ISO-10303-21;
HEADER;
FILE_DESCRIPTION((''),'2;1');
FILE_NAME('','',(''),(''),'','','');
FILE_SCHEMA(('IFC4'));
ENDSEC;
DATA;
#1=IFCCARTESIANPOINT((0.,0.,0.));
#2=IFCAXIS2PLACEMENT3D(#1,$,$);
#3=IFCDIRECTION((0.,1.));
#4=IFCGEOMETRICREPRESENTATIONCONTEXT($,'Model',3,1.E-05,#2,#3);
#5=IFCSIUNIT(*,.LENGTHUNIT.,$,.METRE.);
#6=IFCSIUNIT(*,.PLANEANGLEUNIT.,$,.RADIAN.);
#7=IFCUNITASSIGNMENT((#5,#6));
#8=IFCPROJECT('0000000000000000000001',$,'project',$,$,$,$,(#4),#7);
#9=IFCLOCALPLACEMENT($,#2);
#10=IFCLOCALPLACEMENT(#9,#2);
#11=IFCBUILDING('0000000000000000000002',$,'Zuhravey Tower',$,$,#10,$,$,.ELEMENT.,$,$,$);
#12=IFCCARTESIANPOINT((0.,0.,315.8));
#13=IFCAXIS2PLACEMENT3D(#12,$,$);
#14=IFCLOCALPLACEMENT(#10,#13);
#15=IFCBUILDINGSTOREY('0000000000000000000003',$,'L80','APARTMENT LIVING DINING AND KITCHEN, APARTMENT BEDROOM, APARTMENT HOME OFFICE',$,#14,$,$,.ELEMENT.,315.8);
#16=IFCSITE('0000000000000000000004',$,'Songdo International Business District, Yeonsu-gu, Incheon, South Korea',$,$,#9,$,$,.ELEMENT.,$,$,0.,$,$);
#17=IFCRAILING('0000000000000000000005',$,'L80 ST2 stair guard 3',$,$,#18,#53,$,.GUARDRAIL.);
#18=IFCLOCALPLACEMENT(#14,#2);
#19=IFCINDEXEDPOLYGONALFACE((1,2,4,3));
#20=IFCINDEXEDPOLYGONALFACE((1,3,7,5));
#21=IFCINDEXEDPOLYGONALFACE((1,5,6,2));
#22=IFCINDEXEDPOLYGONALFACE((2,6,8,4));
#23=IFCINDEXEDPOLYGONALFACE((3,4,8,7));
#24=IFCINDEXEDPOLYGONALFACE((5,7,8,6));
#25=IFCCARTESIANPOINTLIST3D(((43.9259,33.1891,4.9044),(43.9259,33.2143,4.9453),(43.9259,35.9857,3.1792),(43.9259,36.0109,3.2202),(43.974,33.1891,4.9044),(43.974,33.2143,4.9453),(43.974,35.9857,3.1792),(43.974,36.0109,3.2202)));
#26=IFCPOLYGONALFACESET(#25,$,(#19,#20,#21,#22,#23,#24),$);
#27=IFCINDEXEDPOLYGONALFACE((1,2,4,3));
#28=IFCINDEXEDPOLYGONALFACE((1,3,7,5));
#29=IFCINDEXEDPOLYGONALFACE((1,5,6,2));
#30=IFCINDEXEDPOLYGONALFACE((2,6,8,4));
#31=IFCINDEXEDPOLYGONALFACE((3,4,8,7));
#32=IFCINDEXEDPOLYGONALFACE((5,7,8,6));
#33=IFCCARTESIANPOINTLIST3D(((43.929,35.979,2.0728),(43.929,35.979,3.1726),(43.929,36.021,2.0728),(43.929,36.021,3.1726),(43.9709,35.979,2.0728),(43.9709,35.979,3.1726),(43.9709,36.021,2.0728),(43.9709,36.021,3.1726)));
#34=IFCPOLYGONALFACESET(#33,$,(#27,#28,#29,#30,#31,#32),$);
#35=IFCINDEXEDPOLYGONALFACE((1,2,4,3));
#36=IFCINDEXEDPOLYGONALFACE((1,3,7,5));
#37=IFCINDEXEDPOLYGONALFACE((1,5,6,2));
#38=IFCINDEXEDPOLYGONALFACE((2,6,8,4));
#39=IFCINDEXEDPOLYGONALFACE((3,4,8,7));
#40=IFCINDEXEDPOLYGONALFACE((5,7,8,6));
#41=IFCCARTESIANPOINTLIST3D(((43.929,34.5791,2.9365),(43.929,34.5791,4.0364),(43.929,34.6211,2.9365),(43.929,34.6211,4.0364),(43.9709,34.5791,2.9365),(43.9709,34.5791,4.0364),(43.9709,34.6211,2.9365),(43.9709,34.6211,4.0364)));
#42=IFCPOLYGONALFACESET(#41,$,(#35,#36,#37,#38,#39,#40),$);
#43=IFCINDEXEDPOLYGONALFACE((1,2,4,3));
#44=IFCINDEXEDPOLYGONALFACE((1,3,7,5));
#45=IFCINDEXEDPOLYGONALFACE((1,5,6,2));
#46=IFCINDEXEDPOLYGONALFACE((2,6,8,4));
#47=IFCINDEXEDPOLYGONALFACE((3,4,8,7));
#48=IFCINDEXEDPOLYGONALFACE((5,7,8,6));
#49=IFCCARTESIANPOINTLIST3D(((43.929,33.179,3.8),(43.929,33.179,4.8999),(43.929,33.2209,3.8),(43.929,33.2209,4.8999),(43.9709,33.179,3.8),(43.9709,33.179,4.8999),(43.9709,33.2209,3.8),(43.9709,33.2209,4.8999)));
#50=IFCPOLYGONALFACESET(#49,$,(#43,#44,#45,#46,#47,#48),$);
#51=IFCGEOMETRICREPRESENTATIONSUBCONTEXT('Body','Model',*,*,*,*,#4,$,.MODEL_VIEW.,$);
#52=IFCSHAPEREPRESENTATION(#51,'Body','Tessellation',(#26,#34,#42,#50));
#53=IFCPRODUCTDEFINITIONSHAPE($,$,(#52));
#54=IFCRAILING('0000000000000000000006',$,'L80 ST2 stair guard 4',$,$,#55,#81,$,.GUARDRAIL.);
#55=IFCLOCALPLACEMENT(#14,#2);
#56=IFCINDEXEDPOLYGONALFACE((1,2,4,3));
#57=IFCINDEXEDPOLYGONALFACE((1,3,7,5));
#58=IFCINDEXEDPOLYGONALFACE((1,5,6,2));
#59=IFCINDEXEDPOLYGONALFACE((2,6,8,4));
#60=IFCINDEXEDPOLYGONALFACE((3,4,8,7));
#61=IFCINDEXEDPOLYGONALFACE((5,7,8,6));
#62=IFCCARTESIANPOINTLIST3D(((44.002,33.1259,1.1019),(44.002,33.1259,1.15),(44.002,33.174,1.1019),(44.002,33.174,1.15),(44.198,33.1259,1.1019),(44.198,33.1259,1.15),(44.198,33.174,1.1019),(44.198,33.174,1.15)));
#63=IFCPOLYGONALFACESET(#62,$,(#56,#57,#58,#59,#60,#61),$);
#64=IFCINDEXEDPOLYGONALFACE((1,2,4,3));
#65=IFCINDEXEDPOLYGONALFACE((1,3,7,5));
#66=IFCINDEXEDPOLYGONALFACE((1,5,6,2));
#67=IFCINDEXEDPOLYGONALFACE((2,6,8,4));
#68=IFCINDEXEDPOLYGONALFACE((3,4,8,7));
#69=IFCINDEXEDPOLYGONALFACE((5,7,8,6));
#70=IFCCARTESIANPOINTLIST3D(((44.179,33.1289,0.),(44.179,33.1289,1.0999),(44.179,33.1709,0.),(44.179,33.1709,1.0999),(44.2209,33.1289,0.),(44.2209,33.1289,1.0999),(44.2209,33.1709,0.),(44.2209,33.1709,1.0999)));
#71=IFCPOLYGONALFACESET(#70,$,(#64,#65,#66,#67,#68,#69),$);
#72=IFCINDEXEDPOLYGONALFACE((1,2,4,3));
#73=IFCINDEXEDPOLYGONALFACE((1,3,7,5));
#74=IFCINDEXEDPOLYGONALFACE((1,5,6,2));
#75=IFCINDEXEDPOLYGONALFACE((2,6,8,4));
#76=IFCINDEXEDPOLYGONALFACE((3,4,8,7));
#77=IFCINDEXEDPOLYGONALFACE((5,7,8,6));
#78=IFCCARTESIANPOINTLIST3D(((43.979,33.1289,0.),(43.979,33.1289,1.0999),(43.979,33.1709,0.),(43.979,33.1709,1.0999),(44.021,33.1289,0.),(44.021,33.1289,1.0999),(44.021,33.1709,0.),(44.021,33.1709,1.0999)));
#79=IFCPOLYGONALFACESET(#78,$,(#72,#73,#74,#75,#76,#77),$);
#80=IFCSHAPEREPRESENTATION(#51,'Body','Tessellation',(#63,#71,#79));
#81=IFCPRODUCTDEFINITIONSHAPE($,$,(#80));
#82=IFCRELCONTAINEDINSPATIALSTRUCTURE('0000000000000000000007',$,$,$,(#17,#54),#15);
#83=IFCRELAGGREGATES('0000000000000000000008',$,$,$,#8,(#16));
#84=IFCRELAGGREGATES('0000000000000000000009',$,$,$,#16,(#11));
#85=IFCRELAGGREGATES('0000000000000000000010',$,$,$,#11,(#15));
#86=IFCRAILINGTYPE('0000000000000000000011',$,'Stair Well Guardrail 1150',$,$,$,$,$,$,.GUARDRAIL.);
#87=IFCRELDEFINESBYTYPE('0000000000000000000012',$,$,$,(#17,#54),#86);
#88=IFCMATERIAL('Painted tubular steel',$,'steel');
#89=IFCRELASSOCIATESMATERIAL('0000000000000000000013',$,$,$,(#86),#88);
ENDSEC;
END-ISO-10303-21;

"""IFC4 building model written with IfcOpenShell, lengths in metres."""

from ifc_helpers import new_model, si_unit, direction, frame, origin, origin_2d, place, context, subcontext, project, spatial, rectangle, extrude, material, type_object, element, save


model = new_model("IFC4")

# Units and contexts
model_context = context("Model", 3, precision=1e-05, world=origin(), true_north=direction((0.0, 1.0)))
body_context = subcontext(model_context, "Body", "Model", "MODEL_VIEW")
ifc_project = project(units=[si_unit("LENGTHUNIT", "METRE"), si_unit("PLANEANGLEUNIT", "RADIAN")], contexts=[model_context])

# Site, building, storey
site_placement = place(None, origin())
site = spatial("IfcSite", under=ifc_project, at=site_placement, Name="Songdo International Business District, Yeonsu-gu, Incheon, South Korea", CompositionType="ELEMENT", RefElevation=0.0)
building_placement = place(site_placement, origin())
building = spatial("IfcBuilding", under=site, at=building_placement, Name="Zuhravey Tower", CompositionType="ELEMENT")
storey_placement = place(building_placement, frame((0.0, 0.0, 315.8)))
storey = spatial("IfcBuildingStorey", under=building, at=storey_placement, Name="L80", Description="APARTMENT LIVING DINING AND KITCHEN, APARTMENT BEDROOM, APARTMENT HOME OFFICE", CompositionType="ELEMENT", Elevation=315.8)

# Railings
ifc_material_1 = material(Name="Painted tubular steel", Category="steel")
railing_type_1 = type_object("IfcRailingType", Name="Stair Well Guardrail 1150", PredefinedType="GUARDRAIL", material=ifc_material_1)
railing_1_placement = place(storey_placement, frame((43.95, 36.0, 2.0728)))
element("IfcRailing", 1, at=railing_1_placement, inside=storey, type_object=railing_type_1, Name="L80 ST2 stair guard 3", PredefinedType="GUARDRAIL", context=body_context, shape_type="SweptSolid", body=[
    extrude(rectangle(XDim=0.0481, YDim=0.0481, at=origin_2d()), frame((0.0, -0.0017, 1.127), z_axis=(0.0, -0.85109, 0.52502), x_axis=(1.0, 0.0, 0.0)), (0.0, 0.0, 1.0), 3.2859),
    extrude(rectangle(XDim=0.042, YDim=0.042, at=origin_2d()), origin(), (0.0, 0.0, 1.0), 1.0999),
    extrude(rectangle(XDim=0.042, YDim=0.042, at=origin_2d()), frame((0.0, -1.3999, 0.8638)), (0.0, 0.0, 1.0), 1.0999),
    extrude(rectangle(XDim=0.042, YDim=0.042, at=origin_2d()), frame((0.0, -2.8, 1.7273)), (0.0, 0.0, 1.0), 1.0999),
])
railing_2_placement = place(storey_placement, frame((44.2, 33.1499, 0.0)))
element("IfcRailing", 2, at=railing_2_placement, inside=storey, type_object=railing_type_1, Name="L80 ST2 stair guard 4", PredefinedType="GUARDRAIL", context=body_context, shape_type="SweptSolid", body=[
    extrude(rectangle(XDim=0.0481, YDim=0.0481, at=origin_2d()), frame((-0.002, 0.0, 1.126), z_axis=(-1.0, 0.0, 0.0), x_axis=(0.0, -1.0, 0.0)), (0.0, 0.0, 1.0), 0.196),
    extrude(rectangle(XDim=0.042, YDim=0.042, at=origin_2d()), origin(), (0.0, 0.0, 1.0), 1.0999),
    extrude(rectangle(XDim=0.042, YDim=0.042, at=origin_2d()), frame((-0.2, 0.0, 0.0)), (0.0, 0.0, 1.0), 1.0999),
])

save(model, "model.ifc")
